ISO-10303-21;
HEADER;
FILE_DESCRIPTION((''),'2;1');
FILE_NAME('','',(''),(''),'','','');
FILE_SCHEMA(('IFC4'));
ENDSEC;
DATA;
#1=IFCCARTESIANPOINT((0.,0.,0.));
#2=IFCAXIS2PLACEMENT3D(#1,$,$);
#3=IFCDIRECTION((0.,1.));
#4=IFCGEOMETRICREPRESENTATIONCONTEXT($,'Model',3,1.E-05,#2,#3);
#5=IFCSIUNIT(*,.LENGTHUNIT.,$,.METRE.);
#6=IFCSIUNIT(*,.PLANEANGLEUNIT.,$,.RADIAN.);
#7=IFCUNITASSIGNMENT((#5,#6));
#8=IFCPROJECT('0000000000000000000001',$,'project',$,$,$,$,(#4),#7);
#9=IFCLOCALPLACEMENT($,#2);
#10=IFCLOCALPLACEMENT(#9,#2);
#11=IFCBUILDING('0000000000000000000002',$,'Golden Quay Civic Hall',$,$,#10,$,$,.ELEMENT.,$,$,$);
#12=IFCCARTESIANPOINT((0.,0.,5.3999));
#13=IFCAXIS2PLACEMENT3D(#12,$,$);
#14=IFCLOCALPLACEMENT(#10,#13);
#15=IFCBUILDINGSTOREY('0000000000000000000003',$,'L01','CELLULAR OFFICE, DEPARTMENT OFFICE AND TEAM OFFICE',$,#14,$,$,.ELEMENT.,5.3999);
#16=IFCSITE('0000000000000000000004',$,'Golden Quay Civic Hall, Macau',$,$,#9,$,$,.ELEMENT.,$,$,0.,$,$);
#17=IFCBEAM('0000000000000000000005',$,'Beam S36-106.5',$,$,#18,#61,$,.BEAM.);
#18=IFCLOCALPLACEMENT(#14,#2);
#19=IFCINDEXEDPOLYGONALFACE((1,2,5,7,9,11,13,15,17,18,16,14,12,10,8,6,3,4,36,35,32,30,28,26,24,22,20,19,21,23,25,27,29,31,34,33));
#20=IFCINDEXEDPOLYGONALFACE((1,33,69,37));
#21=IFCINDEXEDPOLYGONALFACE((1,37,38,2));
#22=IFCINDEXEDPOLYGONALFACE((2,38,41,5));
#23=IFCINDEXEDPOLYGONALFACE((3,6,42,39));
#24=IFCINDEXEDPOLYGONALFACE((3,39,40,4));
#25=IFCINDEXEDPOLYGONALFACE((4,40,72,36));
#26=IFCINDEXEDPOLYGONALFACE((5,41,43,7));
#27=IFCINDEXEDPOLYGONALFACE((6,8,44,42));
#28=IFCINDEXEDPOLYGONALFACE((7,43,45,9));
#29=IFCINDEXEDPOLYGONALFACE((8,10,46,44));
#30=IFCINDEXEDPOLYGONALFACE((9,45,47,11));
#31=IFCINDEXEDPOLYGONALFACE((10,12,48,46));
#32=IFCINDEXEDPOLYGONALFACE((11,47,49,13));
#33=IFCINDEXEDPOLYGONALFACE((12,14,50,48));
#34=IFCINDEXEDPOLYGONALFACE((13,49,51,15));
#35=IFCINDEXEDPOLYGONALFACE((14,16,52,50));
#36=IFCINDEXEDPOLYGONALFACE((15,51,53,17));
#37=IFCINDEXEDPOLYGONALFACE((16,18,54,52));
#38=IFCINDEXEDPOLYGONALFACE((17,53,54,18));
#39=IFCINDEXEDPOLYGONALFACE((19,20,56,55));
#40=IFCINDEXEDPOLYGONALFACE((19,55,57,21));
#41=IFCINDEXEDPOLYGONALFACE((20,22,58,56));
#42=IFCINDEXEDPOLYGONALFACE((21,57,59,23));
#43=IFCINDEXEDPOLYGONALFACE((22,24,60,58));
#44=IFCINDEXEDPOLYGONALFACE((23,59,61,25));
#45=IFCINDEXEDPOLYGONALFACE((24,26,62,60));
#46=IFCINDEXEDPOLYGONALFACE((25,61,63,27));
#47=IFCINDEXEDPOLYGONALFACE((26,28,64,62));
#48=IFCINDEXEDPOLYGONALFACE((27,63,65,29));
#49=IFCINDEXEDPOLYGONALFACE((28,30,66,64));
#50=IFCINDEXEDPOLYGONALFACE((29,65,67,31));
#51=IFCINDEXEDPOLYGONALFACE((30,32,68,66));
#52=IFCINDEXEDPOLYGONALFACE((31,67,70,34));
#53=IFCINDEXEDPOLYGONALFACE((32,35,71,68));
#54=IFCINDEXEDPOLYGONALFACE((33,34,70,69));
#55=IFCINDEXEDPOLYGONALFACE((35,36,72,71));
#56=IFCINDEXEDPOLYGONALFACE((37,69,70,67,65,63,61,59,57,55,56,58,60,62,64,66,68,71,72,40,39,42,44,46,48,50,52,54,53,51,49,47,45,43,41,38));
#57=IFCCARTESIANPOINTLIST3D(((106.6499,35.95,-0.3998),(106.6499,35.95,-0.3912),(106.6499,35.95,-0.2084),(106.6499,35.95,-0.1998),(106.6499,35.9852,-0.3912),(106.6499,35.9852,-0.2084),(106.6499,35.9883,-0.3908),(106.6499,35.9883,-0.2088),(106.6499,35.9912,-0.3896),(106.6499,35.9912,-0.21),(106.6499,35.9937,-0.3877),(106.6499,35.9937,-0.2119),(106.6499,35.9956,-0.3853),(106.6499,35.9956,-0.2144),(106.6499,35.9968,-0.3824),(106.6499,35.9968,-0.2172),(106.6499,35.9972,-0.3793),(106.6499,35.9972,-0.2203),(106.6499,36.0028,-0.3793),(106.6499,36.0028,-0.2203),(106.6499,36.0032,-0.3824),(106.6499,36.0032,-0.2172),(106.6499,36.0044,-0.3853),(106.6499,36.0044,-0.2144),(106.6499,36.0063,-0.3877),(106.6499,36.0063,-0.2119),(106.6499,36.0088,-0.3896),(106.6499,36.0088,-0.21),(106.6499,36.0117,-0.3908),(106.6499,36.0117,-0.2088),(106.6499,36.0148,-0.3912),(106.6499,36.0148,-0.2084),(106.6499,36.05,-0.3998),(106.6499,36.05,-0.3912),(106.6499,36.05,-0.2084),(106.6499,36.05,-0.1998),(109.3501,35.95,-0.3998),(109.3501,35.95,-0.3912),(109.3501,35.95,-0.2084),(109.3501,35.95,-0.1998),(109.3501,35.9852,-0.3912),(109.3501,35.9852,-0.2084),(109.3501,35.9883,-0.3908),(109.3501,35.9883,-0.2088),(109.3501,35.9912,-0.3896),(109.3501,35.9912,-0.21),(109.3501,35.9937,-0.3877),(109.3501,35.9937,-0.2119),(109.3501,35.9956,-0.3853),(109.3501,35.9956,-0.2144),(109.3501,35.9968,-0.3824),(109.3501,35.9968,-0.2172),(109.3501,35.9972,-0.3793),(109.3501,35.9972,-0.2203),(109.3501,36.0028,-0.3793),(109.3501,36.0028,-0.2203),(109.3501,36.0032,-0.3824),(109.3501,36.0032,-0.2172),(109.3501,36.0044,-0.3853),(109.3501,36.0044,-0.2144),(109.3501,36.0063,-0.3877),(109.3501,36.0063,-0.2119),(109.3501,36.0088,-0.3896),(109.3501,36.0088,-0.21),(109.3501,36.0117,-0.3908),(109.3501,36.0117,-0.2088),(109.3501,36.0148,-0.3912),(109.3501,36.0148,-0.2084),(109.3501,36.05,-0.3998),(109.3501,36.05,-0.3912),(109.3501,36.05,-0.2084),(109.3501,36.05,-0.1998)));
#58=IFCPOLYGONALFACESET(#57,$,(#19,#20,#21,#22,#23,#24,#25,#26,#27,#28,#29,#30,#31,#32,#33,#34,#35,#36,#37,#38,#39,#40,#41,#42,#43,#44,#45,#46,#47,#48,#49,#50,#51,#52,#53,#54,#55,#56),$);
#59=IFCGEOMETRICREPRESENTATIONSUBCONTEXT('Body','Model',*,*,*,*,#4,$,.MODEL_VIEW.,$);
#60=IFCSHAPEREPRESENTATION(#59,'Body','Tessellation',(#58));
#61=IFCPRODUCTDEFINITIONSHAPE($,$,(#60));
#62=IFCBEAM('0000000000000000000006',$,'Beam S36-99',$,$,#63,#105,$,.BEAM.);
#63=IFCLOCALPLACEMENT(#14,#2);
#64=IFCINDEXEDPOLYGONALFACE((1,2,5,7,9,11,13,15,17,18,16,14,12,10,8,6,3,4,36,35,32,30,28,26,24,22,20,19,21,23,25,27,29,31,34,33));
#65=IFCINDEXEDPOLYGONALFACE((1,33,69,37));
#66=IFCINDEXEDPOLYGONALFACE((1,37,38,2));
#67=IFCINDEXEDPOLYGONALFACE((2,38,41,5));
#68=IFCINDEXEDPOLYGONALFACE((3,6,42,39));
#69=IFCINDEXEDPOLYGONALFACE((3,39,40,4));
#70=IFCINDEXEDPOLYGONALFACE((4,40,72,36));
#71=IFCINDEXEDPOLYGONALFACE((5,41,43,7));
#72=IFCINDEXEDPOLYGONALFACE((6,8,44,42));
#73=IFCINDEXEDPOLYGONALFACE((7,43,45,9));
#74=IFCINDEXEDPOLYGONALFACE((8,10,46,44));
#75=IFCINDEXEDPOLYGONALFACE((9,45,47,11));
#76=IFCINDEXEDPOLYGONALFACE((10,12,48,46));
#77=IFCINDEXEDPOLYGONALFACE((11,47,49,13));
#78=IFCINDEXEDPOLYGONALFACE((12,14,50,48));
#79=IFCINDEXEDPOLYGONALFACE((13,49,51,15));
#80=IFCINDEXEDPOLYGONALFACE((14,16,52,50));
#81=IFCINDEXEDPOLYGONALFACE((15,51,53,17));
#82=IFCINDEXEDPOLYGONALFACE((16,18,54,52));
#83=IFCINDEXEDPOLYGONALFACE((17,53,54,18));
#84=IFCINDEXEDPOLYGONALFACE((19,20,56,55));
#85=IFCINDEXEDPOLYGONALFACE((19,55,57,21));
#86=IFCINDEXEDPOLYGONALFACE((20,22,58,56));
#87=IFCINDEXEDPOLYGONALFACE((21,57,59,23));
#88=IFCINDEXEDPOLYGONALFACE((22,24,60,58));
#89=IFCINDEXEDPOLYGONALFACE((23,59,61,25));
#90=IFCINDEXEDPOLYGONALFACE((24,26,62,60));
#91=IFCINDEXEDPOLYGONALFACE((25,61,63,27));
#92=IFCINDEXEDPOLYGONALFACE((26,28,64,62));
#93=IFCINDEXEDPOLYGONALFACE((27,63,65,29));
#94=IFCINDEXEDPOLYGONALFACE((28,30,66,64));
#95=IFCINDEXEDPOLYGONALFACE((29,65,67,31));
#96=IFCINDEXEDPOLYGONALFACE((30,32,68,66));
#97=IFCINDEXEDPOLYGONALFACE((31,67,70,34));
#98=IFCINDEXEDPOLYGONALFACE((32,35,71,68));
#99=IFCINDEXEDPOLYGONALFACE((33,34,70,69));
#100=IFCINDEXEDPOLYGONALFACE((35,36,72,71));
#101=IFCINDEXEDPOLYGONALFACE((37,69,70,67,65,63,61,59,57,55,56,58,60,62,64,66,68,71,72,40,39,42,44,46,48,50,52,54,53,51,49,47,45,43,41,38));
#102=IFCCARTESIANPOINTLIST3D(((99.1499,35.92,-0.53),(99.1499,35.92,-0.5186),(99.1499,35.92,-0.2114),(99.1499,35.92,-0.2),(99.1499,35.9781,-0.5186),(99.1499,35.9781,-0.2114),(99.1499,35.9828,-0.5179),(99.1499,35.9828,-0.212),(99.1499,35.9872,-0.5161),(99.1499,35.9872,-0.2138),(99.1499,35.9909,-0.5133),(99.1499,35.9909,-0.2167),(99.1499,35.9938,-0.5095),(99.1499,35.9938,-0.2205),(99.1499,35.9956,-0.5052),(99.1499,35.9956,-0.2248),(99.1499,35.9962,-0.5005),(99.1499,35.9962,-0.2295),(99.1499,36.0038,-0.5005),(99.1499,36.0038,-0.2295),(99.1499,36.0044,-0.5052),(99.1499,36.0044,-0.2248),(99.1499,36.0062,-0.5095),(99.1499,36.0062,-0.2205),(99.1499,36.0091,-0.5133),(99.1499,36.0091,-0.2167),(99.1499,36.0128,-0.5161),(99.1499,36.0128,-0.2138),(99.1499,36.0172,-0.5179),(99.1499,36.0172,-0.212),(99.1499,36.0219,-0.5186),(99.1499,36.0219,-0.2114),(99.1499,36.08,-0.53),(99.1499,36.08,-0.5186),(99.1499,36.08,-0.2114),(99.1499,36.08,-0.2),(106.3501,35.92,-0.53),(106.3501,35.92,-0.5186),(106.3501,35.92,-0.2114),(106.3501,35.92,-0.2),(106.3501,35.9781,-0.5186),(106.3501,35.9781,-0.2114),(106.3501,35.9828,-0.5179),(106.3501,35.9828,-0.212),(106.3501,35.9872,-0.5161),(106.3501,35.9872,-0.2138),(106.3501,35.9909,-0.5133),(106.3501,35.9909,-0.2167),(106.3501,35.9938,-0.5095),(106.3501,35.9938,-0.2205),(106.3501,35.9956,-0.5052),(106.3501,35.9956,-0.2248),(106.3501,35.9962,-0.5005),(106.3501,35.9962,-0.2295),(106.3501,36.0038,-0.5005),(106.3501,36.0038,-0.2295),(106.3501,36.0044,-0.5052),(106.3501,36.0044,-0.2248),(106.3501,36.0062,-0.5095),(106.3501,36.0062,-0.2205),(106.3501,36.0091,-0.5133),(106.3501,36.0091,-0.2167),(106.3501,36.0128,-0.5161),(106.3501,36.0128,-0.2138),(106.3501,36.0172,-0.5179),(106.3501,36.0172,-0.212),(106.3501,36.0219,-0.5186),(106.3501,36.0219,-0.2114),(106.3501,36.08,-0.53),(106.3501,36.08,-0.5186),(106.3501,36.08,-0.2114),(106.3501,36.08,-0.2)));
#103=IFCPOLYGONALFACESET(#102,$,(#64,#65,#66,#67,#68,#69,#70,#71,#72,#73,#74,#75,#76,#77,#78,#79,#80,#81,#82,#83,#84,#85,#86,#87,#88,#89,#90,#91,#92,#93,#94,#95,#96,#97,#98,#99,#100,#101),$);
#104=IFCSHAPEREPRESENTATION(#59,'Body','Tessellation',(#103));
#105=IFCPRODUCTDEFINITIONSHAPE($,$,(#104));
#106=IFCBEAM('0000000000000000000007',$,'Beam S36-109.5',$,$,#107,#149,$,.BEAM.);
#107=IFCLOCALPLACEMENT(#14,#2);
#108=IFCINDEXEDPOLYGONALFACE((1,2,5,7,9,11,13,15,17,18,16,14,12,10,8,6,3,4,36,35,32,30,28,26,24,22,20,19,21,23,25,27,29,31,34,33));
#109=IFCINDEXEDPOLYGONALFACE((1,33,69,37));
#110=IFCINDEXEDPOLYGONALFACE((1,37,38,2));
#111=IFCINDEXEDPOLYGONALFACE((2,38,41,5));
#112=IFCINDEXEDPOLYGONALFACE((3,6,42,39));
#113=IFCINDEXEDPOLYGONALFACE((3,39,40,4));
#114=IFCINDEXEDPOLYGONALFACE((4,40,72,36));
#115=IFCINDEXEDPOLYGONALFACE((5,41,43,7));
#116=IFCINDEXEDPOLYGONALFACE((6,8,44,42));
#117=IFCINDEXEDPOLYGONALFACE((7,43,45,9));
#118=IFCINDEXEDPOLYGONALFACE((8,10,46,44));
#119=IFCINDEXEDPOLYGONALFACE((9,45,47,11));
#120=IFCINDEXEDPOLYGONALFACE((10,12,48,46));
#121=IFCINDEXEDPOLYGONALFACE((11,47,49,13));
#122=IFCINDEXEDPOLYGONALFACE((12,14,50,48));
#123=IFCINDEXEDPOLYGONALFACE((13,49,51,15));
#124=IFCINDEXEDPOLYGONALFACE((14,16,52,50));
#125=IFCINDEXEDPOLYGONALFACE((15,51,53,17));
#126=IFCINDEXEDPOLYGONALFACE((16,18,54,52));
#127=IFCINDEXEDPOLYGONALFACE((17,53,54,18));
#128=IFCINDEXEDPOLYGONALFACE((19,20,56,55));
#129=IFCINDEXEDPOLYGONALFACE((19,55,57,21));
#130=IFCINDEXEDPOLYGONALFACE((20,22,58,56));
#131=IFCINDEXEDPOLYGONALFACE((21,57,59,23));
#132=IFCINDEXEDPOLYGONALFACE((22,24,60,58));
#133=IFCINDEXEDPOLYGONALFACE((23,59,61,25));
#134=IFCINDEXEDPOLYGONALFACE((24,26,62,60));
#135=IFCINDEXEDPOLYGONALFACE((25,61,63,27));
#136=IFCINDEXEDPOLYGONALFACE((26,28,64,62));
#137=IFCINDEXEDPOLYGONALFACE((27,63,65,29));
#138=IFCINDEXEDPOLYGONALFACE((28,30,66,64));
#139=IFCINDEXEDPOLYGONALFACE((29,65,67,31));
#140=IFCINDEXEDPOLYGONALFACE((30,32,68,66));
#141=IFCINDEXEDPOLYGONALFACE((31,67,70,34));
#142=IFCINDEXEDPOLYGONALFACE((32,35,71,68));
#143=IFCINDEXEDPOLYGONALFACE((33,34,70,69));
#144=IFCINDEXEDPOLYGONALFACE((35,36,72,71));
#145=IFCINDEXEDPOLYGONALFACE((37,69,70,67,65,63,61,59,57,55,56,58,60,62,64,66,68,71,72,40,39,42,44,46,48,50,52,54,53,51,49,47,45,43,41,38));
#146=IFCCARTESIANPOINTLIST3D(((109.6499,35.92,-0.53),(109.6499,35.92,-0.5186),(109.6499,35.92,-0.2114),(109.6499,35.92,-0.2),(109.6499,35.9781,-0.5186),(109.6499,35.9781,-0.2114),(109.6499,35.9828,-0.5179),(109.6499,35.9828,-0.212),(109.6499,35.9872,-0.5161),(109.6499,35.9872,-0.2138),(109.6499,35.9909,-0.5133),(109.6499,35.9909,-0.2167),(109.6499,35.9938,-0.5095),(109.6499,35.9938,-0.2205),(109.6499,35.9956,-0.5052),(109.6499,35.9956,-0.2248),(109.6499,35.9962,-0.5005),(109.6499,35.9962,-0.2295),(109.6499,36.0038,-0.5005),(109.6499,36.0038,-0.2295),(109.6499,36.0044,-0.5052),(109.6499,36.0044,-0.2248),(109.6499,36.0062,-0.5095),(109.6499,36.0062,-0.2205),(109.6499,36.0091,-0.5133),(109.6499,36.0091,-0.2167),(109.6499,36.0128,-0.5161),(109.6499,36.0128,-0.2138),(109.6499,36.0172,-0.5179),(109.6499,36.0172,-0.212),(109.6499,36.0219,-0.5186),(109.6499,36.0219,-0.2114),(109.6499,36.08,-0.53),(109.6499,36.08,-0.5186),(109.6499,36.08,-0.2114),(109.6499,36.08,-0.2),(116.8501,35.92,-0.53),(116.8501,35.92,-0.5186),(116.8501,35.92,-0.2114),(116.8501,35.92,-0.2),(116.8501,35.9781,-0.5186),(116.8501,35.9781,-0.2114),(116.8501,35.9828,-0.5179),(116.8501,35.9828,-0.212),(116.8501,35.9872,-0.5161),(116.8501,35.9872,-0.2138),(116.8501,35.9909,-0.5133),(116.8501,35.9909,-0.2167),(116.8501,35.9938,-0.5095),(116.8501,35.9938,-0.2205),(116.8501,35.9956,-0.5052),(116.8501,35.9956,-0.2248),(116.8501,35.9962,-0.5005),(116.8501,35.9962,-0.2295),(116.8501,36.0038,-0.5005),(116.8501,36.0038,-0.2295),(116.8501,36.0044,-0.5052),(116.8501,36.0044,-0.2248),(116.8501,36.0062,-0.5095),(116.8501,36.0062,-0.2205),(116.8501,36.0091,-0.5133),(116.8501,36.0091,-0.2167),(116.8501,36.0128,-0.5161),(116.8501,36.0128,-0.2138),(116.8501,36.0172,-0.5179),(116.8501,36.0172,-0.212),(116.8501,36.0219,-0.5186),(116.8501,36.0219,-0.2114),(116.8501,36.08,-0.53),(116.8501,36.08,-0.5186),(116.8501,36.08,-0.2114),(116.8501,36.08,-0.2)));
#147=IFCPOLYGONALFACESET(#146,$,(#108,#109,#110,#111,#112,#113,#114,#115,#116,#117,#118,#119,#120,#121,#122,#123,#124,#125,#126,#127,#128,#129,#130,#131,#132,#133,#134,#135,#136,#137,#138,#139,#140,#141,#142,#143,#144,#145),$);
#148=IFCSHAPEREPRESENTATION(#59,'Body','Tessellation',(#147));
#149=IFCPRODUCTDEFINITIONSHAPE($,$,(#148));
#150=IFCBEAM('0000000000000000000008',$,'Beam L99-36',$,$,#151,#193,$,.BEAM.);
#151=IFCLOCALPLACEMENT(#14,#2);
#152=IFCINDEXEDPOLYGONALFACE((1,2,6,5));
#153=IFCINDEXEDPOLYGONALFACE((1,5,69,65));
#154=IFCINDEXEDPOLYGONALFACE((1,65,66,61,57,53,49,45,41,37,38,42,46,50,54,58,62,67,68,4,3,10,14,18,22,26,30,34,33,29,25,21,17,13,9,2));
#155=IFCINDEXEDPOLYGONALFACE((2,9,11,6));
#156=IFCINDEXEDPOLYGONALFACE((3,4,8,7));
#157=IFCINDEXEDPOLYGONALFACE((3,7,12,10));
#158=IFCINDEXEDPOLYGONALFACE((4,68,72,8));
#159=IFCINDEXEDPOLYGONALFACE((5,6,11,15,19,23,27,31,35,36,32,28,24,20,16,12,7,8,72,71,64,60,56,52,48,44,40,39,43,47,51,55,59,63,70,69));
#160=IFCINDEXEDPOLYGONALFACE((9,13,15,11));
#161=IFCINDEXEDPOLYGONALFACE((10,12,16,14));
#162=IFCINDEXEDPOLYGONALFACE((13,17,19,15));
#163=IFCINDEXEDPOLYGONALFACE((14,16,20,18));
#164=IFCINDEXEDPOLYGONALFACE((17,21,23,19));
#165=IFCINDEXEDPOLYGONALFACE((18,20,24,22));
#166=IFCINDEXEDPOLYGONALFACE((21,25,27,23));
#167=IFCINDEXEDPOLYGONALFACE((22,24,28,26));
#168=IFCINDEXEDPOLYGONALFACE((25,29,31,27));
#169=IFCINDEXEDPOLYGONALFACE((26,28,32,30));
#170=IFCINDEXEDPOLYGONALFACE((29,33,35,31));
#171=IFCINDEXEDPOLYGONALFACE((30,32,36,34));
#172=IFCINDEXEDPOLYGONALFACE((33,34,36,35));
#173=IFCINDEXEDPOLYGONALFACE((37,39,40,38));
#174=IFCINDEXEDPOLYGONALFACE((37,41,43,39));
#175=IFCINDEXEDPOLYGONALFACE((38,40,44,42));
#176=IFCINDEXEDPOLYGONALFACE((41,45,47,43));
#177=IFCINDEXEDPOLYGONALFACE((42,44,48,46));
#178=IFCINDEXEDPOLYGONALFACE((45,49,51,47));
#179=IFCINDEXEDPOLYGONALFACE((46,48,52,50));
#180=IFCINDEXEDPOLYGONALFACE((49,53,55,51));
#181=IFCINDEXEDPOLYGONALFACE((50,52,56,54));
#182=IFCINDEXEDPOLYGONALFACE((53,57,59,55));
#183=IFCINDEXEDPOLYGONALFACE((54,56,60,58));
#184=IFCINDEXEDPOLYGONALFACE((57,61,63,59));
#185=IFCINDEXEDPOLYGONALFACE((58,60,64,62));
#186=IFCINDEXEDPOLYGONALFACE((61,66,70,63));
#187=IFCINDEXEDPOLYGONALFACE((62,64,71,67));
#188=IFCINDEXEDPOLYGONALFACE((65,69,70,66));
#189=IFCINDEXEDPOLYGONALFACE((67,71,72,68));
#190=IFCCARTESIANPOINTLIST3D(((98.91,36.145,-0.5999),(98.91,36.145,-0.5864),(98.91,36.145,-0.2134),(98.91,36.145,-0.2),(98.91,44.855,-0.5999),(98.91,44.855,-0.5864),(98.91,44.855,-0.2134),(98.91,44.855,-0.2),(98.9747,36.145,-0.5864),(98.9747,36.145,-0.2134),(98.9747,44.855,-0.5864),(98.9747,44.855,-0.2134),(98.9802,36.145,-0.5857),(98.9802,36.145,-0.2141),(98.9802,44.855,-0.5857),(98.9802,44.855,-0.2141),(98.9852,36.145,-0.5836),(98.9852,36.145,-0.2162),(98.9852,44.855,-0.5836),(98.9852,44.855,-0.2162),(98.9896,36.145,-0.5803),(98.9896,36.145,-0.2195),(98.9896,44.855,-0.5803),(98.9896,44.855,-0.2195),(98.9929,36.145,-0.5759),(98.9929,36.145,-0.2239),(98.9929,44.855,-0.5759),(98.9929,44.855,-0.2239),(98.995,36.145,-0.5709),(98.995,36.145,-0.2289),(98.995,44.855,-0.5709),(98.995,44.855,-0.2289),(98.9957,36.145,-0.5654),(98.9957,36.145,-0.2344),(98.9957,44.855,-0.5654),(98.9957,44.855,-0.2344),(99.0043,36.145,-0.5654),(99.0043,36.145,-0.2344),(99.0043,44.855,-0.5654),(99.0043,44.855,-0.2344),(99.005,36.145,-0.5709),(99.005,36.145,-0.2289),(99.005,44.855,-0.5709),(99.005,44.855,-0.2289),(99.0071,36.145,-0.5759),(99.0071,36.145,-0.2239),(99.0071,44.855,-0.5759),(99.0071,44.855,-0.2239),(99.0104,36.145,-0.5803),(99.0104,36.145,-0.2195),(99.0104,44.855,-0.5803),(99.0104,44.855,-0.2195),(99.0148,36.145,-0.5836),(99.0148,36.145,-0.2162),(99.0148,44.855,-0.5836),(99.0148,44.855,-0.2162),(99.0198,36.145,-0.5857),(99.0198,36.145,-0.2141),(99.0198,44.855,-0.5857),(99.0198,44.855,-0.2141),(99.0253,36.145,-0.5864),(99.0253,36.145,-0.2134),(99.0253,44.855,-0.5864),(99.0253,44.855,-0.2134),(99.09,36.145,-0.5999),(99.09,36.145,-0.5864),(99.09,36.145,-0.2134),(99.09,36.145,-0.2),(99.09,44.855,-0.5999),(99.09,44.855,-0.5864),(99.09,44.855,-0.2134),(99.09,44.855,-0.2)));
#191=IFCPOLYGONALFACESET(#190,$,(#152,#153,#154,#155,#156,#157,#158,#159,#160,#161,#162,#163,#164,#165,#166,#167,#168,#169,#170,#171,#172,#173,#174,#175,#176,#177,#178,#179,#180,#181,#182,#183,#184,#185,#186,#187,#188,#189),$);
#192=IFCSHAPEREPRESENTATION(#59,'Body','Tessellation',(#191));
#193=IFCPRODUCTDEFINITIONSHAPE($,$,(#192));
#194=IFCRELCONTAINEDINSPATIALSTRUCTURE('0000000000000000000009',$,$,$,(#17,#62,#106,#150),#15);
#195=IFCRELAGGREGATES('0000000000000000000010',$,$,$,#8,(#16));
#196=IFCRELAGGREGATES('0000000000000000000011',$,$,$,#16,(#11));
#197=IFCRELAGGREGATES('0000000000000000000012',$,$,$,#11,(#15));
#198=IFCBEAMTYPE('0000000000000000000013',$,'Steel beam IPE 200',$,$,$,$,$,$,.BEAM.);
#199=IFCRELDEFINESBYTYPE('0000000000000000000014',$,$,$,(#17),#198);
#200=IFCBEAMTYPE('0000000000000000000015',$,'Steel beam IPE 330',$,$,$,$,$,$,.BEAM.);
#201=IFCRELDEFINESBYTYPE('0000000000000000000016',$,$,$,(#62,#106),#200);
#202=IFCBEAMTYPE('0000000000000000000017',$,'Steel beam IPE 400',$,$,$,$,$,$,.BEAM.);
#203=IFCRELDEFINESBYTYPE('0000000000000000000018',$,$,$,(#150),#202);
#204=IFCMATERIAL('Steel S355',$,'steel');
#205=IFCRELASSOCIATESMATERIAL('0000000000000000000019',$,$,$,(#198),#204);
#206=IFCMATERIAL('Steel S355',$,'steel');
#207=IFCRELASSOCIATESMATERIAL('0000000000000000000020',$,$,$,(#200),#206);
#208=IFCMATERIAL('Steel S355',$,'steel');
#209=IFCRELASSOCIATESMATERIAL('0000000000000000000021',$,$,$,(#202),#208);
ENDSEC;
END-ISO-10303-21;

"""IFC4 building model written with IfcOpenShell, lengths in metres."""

from ifc_helpers import new_model, si_unit, direction, frame, origin, origin_2d, place, context, subcontext, project, spatial, i_section, extrude, material, material_profile, profile_set, type_object, element, save


model = new_model("IFC4")

# Units and contexts
model_context = context("Model", 3, precision=1e-05, world=origin(), true_north=direction((0.0, 1.0)))
body_context = subcontext(model_context, "Body", "Model", "MODEL_VIEW")
ifc_project = project(units=[si_unit("LENGTHUNIT", "METRE"), si_unit("PLANEANGLEUNIT", "RADIAN")], contexts=[model_context])

# Site, building, storey
site_placement = place(None, origin())
site = spatial("IfcSite", under=ifc_project, at=site_placement, Name="Golden Quay Civic Hall, Macau", CompositionType="ELEMENT", RefElevation=0.0)
building_placement = place(site_placement, origin())
building = spatial("IfcBuilding", under=site, at=building_placement, Name="Golden Quay Civic Hall", CompositionType="ELEMENT")
storey_placement = place(building_placement, frame((0.0, 0.0, 5.3999)))
storey = spatial("IfcBuildingStorey", under=building, at=storey_placement, Name="L01", Description="CELLULAR OFFICE, DEPARTMENT OFFICE AND TEAM OFFICE", CompositionType="ELEMENT", Elevation=5.3999)

# Beams
ifc_material_1 = material(Name="Steel S355", Category="steel")
ifc_material_profile_1 = material_profile(ifc_material_1, i_section(OverallWidth=0.1001, OverallDepth=0.2, WebThickness=0.0056, FlangeThickness=0.0085, FilletRadius=0.012, at=origin_2d()), Name="IPE 200")
ifc_profile_set_1 = profile_set([ifc_material_profile_1], Name="Steel S355")
beam_type_1 = type_object("IfcBeamType", Name="Steel beam IPE 200", PredefinedType="BEAM", material=ifc_profile_set_1)
beam_1_placement = place(storey_placement, frame((106.6499, 36.0, -0.2998), z_axis=(1.0, 0.0, 0.0), x_axis=(0.0, 1.0, 0.0)))
element("IfcBeam", 1, at=beam_1_placement, inside=storey, type_object=beam_type_1, Name="Beam S36-106.5", PredefinedType="BEAM", context=body_context, shape_type="SweptSolid", body=[
    extrude(i_section(OverallWidth=0.1001, OverallDepth=0.2, WebThickness=0.0056, FlangeThickness=0.0085, FilletRadius=0.012, at=origin_2d()), origin(), (0.0, 0.0, 1.0), 2.7002),
])
ifc_material_2 = material(Name="Steel S355", Category="steel")
ifc_material_profile_2 = material_profile(ifc_material_2, i_section(OverallWidth=0.1599, OverallDepth=0.3301, WebThickness=0.0076, FlangeThickness=0.0115, FilletRadius=0.0181, at=origin_2d()), Name="IPE 330")
ifc_profile_set_2 = profile_set([ifc_material_profile_2], Name="Steel S355")
beam_type_2 = type_object("IfcBeamType", Name="Steel beam IPE 330", PredefinedType="BEAM", material=ifc_profile_set_2)
for number, where, z_axis, x_axis, name in (
    (2, (99.1499, 36.0, -0.365), (1.0, 0.0, 0.0), (0.0, 1.0, 0.0), "Beam S36-99"),
    (3, (109.6499, 36.0, -0.365), (1.0, 0.0, 0.0), (0.0, 1.0, 0.0), "Beam S36-109.5"),
):
    element("IfcBeam", number, at=place(storey_placement, frame(where, z_axis=z_axis, x_axis=x_axis)), inside=storey, type_object=beam_type_2, Name=name, PredefinedType="BEAM", context=body_context, shape_type="SweptSolid", body=[
        extrude(i_section(OverallWidth=0.1599, OverallDepth=0.3301, WebThickness=0.0076, FlangeThickness=0.0115, FilletRadius=0.0181, at=origin_2d()), origin(), (0.0, 0.0, 1.0), 7.2002),
    ])
ifc_material_3 = material(Name="Steel S355", Category="steel")
ifc_material_profile_3 = material_profile(ifc_material_3, i_section(OverallWidth=0.1799, OverallDepth=0.3999, WebThickness=0.0085, FlangeThickness=0.0134, FilletRadius=0.021, at=origin_2d()), Name="IPE 400")
ifc_profile_set_3 = profile_set([ifc_material_profile_3], Name="Steel S355")
beam_type_3 = type_object("IfcBeamType", Name="Steel beam IPE 400", PredefinedType="BEAM", material=ifc_profile_set_3)
beam_2_placement = place(storey_placement, frame((99.0, 36.145, -0.3999), z_axis=(0.0, 1.0, 0.0), x_axis=(-1.0, 0.0, 0.0)))
element("IfcBeam", 4, at=beam_2_placement, inside=storey, type_object=beam_type_3, Name="Beam L99-36", PredefinedType="BEAM", context=body_context, shape_type="SweptSolid", body=[
    extrude(i_section(OverallWidth=0.1799, OverallDepth=0.3999, WebThickness=0.0085, FlangeThickness=0.0134, FilletRadius=0.021, at=origin_2d()), origin(), (0.0, 0.0, 1.0), 8.71),
])

save(model, "model.ifc")
